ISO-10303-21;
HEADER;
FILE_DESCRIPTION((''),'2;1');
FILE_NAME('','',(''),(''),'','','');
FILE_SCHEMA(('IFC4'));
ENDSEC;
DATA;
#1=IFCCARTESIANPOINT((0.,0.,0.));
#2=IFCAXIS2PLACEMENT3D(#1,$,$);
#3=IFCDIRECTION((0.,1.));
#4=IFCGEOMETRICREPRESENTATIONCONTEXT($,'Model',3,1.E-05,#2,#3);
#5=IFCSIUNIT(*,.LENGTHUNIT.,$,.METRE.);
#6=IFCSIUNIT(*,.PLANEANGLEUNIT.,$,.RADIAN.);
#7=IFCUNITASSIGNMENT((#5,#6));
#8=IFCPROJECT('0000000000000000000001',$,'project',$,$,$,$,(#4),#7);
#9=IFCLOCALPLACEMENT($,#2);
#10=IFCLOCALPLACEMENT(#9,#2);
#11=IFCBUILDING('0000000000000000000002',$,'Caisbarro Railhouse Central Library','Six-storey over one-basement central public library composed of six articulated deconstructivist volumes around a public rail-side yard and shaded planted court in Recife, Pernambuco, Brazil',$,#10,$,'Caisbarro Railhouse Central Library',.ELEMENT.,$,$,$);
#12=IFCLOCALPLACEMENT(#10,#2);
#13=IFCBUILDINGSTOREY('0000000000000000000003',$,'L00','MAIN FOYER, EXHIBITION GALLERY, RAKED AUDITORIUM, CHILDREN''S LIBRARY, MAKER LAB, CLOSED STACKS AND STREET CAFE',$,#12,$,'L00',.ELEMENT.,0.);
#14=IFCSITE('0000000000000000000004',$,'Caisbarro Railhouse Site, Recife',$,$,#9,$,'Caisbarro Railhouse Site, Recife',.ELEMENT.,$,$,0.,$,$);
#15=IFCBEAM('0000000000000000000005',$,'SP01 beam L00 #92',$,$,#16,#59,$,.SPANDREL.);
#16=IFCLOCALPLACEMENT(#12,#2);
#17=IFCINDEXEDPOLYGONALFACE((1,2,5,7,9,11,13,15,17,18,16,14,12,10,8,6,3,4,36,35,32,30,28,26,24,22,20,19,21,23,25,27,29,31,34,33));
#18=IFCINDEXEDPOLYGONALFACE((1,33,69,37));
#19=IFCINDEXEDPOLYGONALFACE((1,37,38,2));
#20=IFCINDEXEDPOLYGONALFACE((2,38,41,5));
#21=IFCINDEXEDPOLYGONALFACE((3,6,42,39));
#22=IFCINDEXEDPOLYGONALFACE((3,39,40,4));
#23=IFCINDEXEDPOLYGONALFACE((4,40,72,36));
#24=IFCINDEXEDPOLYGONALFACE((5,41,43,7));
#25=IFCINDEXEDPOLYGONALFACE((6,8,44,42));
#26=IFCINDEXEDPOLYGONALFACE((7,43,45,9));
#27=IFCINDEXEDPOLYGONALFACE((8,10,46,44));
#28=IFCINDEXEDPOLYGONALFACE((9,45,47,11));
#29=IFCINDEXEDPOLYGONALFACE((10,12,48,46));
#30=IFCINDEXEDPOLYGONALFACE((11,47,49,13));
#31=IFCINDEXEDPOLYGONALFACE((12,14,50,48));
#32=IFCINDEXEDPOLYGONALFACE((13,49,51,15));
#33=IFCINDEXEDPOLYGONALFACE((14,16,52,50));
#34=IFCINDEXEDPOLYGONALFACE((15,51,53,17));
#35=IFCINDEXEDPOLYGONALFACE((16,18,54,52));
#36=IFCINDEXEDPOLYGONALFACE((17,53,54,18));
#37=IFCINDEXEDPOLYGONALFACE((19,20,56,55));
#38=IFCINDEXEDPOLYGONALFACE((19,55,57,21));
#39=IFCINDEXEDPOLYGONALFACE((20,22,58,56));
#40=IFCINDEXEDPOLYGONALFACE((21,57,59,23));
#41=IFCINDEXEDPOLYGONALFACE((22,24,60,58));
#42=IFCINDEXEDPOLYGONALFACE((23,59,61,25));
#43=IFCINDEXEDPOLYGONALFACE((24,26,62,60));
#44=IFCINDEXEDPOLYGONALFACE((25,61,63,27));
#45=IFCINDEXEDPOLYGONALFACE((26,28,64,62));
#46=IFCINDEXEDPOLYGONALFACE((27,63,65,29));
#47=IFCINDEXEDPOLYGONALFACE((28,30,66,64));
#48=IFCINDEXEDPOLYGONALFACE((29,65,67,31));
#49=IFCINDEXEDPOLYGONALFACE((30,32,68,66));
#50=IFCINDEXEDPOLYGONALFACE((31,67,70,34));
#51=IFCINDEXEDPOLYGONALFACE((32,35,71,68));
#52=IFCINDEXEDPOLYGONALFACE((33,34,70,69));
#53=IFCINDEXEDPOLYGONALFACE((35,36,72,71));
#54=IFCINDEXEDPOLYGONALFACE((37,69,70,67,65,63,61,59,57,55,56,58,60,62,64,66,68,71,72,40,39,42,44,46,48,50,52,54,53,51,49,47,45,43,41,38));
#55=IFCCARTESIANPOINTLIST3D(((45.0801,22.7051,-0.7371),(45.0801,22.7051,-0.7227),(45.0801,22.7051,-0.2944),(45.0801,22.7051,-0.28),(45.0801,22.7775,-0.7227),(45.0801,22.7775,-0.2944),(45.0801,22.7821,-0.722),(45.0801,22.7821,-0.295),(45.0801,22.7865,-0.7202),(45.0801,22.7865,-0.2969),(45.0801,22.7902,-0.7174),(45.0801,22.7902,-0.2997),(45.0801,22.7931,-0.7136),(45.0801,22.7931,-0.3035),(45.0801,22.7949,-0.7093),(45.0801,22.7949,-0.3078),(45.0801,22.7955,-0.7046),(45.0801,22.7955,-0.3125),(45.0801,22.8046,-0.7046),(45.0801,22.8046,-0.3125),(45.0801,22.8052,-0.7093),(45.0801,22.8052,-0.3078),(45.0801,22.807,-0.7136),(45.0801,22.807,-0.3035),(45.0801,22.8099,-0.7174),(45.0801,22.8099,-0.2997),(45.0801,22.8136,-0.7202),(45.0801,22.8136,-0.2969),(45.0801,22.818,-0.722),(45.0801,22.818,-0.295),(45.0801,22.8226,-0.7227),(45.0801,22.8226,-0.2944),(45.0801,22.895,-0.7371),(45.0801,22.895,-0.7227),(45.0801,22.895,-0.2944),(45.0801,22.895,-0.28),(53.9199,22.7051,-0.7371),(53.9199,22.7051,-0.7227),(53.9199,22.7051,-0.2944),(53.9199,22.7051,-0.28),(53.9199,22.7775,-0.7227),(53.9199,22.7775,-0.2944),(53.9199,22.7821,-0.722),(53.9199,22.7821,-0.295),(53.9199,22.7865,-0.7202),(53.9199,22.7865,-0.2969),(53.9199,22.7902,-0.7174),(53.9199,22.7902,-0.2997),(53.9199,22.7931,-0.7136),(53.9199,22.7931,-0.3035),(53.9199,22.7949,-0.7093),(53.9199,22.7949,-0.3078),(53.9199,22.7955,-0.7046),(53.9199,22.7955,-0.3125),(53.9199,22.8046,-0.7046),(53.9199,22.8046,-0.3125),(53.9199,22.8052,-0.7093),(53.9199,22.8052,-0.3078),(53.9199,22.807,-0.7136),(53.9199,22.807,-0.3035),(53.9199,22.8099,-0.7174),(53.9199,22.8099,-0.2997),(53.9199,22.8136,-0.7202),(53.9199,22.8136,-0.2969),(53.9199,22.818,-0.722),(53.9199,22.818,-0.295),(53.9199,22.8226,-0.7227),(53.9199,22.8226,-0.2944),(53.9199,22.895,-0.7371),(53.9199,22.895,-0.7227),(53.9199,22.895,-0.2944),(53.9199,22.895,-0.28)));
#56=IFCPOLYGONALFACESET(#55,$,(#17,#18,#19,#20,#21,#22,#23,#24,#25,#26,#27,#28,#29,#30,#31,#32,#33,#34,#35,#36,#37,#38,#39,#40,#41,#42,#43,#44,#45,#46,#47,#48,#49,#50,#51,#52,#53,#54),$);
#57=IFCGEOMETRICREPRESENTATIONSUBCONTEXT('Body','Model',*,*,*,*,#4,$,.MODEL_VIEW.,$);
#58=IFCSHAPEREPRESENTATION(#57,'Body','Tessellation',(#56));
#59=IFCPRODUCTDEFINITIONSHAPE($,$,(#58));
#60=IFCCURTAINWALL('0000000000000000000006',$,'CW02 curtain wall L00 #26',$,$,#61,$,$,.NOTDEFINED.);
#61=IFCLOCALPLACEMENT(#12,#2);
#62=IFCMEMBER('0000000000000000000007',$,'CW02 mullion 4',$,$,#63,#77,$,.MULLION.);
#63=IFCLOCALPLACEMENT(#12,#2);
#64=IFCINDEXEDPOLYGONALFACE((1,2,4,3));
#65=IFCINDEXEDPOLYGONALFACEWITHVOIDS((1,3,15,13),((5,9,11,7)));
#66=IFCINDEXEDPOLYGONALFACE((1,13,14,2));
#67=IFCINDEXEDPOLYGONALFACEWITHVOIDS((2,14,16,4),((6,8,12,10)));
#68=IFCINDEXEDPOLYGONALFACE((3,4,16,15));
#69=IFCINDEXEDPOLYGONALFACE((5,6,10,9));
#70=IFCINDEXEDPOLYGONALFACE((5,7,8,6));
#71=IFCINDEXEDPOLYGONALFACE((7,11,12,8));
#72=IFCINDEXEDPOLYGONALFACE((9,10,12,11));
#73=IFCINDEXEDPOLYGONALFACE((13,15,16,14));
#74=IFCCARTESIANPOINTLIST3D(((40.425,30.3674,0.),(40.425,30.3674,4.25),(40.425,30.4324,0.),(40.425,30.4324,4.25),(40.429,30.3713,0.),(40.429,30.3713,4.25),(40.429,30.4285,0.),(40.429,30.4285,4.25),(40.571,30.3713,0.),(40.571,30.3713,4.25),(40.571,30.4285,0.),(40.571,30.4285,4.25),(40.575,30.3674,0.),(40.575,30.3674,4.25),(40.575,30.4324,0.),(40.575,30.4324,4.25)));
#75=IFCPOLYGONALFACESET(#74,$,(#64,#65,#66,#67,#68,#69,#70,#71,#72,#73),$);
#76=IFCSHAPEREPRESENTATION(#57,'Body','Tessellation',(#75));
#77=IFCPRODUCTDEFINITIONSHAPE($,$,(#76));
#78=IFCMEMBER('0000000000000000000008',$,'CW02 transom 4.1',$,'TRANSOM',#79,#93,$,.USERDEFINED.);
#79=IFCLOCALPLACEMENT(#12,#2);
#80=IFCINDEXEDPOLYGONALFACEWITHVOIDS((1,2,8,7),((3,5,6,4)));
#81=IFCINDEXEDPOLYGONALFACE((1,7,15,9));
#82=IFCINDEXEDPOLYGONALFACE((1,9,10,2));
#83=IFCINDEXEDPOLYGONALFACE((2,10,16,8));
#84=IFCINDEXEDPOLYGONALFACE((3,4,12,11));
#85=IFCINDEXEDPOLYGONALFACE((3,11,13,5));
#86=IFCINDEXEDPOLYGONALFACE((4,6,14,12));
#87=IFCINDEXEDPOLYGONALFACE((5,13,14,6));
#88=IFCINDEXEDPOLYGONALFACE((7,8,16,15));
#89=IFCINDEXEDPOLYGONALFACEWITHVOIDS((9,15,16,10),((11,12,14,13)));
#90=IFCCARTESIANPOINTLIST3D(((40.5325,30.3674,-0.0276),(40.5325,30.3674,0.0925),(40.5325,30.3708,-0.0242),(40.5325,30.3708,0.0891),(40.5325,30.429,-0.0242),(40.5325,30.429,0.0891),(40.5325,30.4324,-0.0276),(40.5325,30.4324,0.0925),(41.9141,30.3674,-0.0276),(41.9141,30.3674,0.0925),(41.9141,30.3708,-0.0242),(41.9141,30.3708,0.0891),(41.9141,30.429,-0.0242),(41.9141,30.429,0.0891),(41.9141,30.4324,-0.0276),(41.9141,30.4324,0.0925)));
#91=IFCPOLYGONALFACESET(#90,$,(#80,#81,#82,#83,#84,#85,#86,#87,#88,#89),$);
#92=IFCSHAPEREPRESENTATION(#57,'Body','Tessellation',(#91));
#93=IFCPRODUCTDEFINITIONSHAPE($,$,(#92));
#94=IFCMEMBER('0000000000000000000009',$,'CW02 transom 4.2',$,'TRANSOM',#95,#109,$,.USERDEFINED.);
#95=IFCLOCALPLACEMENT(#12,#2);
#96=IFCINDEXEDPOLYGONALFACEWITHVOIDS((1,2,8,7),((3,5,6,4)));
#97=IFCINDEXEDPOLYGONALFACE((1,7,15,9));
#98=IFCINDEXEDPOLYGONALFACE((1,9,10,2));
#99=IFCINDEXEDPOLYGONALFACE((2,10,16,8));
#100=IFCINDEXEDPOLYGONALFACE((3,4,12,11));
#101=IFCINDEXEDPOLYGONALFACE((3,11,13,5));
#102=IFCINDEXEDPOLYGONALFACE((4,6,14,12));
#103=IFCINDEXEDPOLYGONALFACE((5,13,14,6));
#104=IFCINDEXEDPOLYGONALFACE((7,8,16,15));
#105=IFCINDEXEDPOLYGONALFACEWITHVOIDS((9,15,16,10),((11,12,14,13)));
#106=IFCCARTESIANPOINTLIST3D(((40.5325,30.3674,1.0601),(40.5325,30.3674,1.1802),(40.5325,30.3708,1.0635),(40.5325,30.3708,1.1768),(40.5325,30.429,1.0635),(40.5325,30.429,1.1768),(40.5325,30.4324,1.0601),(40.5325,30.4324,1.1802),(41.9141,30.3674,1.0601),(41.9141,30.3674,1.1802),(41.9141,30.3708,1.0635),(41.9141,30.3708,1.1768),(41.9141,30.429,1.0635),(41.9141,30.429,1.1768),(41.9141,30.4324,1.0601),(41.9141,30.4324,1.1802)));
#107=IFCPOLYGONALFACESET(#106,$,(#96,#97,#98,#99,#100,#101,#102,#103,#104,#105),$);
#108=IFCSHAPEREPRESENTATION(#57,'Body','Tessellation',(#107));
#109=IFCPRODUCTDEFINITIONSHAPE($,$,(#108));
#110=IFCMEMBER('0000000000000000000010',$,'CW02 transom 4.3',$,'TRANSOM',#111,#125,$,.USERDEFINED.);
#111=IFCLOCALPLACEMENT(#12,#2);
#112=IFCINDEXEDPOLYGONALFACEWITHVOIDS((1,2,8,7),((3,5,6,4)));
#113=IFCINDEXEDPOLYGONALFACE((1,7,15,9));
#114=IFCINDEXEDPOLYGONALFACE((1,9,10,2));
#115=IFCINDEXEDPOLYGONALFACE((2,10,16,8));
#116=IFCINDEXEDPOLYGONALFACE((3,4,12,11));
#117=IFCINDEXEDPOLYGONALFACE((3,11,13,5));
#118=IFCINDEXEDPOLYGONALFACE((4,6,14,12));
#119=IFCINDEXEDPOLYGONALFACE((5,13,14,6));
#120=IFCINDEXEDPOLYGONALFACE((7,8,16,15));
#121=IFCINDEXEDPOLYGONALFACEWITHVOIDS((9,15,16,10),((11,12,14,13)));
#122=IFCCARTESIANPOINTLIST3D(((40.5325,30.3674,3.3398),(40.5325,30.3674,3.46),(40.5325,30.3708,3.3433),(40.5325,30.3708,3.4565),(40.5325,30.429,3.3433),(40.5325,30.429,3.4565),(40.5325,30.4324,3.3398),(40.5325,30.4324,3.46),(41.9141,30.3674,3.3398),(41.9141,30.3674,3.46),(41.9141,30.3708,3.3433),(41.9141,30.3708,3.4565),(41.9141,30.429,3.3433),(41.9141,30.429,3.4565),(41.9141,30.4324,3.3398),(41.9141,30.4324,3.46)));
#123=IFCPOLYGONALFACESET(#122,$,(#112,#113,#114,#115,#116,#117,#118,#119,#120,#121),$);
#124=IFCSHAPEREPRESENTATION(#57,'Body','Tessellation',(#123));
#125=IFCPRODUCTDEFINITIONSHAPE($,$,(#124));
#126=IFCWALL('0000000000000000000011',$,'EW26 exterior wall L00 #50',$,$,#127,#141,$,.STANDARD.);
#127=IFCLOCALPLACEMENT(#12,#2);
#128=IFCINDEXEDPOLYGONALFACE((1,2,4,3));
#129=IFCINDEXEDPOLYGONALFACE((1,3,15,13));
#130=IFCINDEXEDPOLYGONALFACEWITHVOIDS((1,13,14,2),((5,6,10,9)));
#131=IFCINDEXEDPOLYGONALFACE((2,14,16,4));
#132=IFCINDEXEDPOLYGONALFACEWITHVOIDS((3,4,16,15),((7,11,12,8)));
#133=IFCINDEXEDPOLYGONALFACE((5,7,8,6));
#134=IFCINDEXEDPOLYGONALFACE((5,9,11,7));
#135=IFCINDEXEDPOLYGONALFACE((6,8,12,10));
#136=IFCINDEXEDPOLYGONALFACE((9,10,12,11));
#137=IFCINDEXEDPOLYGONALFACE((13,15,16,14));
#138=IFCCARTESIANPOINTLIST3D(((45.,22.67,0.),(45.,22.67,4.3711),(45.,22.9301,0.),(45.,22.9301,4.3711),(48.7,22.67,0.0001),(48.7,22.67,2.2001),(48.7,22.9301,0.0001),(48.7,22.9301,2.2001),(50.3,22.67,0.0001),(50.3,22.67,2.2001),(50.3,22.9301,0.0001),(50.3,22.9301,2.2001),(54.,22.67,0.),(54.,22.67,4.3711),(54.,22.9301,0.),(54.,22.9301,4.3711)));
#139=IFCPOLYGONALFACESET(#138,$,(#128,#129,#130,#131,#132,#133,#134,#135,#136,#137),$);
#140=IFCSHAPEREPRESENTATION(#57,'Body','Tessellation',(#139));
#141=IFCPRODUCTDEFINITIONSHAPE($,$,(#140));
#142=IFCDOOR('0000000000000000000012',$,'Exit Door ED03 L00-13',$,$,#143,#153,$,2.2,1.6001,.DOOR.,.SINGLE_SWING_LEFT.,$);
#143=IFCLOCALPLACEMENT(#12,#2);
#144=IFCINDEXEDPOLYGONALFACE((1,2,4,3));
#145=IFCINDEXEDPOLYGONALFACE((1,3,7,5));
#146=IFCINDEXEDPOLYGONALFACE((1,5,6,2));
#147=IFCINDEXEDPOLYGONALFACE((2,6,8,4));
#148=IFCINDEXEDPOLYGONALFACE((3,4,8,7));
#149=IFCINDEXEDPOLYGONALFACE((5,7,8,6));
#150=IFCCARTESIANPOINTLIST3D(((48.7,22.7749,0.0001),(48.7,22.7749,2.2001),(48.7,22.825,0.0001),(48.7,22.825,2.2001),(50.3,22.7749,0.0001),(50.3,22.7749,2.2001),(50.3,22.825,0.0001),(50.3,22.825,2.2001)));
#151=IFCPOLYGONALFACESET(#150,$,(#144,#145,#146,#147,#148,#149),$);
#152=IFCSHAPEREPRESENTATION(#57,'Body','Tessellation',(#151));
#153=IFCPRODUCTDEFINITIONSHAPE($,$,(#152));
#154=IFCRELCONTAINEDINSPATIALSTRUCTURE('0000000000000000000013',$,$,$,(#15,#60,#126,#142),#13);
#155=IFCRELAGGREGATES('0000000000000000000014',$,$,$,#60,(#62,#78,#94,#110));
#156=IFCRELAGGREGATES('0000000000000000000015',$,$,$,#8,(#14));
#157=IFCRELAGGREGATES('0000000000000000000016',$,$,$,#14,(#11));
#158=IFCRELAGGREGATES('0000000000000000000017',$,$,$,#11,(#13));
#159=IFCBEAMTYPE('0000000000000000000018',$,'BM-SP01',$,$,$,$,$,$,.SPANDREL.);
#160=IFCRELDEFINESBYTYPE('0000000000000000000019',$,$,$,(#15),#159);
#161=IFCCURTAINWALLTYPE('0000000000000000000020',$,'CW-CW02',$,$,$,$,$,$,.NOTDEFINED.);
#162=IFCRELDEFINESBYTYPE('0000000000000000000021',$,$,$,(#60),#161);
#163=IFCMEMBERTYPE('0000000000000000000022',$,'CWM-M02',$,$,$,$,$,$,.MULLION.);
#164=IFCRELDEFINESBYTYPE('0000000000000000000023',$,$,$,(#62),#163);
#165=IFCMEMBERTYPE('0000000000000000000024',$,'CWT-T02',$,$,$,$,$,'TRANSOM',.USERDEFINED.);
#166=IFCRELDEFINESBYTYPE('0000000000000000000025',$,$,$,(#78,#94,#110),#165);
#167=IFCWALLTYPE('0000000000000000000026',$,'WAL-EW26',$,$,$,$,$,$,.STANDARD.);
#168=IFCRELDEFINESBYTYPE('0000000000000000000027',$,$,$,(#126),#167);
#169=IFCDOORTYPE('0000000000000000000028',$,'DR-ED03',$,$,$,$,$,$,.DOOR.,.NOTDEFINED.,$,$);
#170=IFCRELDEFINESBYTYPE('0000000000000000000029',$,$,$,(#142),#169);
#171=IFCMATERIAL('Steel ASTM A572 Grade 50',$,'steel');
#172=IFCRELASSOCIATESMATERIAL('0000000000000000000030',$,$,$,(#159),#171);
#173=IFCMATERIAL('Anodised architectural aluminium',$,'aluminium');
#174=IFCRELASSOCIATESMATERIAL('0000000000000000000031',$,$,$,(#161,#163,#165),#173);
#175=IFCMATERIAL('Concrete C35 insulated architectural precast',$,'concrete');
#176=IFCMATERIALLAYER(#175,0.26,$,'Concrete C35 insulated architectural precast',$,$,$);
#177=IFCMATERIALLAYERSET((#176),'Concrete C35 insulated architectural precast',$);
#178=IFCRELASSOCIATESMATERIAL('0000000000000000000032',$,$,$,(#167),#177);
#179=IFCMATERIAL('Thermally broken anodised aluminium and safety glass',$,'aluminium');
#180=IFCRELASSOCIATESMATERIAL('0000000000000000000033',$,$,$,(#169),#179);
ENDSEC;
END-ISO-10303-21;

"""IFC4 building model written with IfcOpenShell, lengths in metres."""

from ifc_helpers import new_model, si_unit, direction, frame, frame_2d, origin, origin_2d, place, context, subcontext, project, spatial, rectangle, hollow_rectangle, i_section, extrude, material, layer, layer_set, material_profile, profile_set, type_object, element, fill, aggregate, save


model = new_model("IFC4")

# Units and contexts
model_context = context("Model", 3, precision=1e-05, world=origin(), true_north=direction((0.0, 1.0)))
body_context = subcontext(model_context, "Body", "Model", "MODEL_VIEW")
ifc_project = project(units=[si_unit("LENGTHUNIT", "METRE"), si_unit("PLANEANGLEUNIT", "RADIAN")], contexts=[model_context])

# Site, building, storey
site_placement = place(None, origin())
site = spatial("IfcSite", under=ifc_project, at=site_placement, Name="Caisbarro Railhouse Site, Recife", LongName="Caisbarro Railhouse Site, Recife", CompositionType="ELEMENT", RefElevation=0.0)
building_placement = place(site_placement, origin())
building = spatial("IfcBuilding", under=site, at=building_placement, Name="Caisbarro Railhouse Central Library", Description="Six-storey over one-basement central public library composed of six articulated deconstructivist volumes around a public rail-side yard and shaded planted court in Recife, Pernambuco, Brazil", LongName="Caisbarro Railhouse Central Library", CompositionType="ELEMENT")
storey_placement = place(building_placement, origin())
storey = spatial("IfcBuildingStorey", under=building, at=storey_placement, Name="L00", Description="MAIN FOYER, EXHIBITION GALLERY, RAKED AUDITORIUM, CHILDREN'S LIBRARY, MAKER LAB, CLOSED STACKS AND STREET CAFE", LongName="L00", CompositionType="ELEMENT", Elevation=0.0)

# Shared definitions
ifc_material_1 = material(Name="Steel ASTM A572 Grade 50", Category="steel")

# Beam
ifc_material_profile_1 = material_profile(ifc_material_1, i_section(OverallWidth=0.1899, OverallDepth=0.457, WebThickness=0.009, FlangeThickness=0.0144, FilletRadius=0.0181, at=origin_2d()), Name="W460X74.0")
ifc_profile_set_1 = profile_set([ifc_material_profile_1], Name="Steel ASTM A572 Grade 50")
beam_type_1 = type_object("IfcBeamType", Name="BM-SP01", PredefinedType="SPANDREL", material=ifc_profile_set_1)
beam_1_placement = place(storey_placement, frame((45.0801, 22.8, -0.5085), z_axis=(1.0, 0.0, 0.0), x_axis=(0.0, 1.0, 0.0)))
element("IfcBeam", 1, at=beam_1_placement, inside=storey, type_object=beam_type_1, Name="SP01 beam L00 #92", PredefinedType="SPANDREL", context=body_context, shape_type="SweptSolid", body=[
    extrude(i_section(OverallWidth=0.1899, OverallDepth=0.457, WebThickness=0.009, FlangeThickness=0.0144, FilletRadius=0.0181, at=origin_2d()), origin(), (0.0, 0.0, 1.0), 8.8398),
])

# Curtain wall, members
ifc_material_2 = material(Name="Anodised architectural aluminium", Category="aluminium")
curtain_wall_type = type_object("IfcCurtainWallType", Name="CW-CW02", PredefinedType="NOTDEFINED", material=ifc_material_2)
curtain_wall_placement = place(storey_placement, origin())
curtain_wall = element("IfcCurtainWall", 2, at=curtain_wall_placement, inside=storey, type_object=curtain_wall_type, Name="CW02 curtain wall L00 #26", PredefinedType="NOTDEFINED")
ifc_material_profile_2 = material_profile(ifc_material_2, hollow_rectangle(XDim=0.0649, YDim=0.1499, WallThickness=0.0039, at=origin_2d()), Name="ALU-MUL-65X150")
ifc_profile_set_2 = profile_set([ifc_material_profile_2], Name="Anodised architectural aluminium")
member_type_1 = type_object("IfcMemberType", Name="CWM-M02", PredefinedType="MULLION", material=ifc_profile_set_2)
member_1_placement = place(storey_placement, frame((40.5, 30.3999, 0.0), z_axis=(0.0, 0.0, 1.0), x_axis=(0.0, 1.0, 0.0)))
member_1 = element("IfcMember", 3, at=member_1_placement, type_object=member_type_1, Name="CW02 mullion 4", PredefinedType="MULLION", context=body_context, shape_type="SweptSolid", body=[
    extrude(hollow_rectangle(XDim=0.0649, YDim=0.1499, WallThickness=0.0039, at=origin_2d()), origin(), (0.0, 0.0, 1.0), 4.25),
])
ifc_material_profile_3 = material_profile(ifc_material_2, hollow_rectangle(XDim=0.0649, YDim=0.1201, WallThickness=0.0034, at=origin_2d()), Name="ALU-TRN-65X120")
ifc_profile_set_3 = profile_set([ifc_material_profile_3], Name="Anodised architectural aluminium")
member_type_2 = type_object("IfcMemberType", Name="CWT-T02", ElementType="TRANSOM", PredefinedType="USERDEFINED", material=ifc_profile_set_3)
member_2_placement = place(storey_placement, frame((40.5325, 30.3999, 0.0325), z_axis=(1.0, 0.0, 0.0), x_axis=(0.0, 1.0, 0.0)))
member_2 = element("IfcMember", 4, at=member_2_placement, type_object=member_type_2, Name="CW02 transom 4.1", ObjectType="TRANSOM", PredefinedType="USERDEFINED", context=body_context, shape_type="SweptSolid", body=[
    extrude(hollow_rectangle(XDim=0.0649, YDim=0.1201, WallThickness=0.0034, at=origin_2d()), origin(), (0.0, 0.0, 1.0), 1.3816),
])
member_3_placement = place(storey_placement, frame((40.5325, 30.3999, 1.1201), z_axis=(1.0, 0.0, 0.0), x_axis=(0.0, 1.0, 0.0)))
member_3 = element("IfcMember", 5, at=member_3_placement, type_object=member_type_2, Name="CW02 transom 4.2", ObjectType="TRANSOM", PredefinedType="USERDEFINED", context=body_context, shape_type="SweptSolid", body=[
    extrude(hollow_rectangle(XDim=0.0649, YDim=0.1201, WallThickness=0.0034, at=origin_2d()), origin(), (0.0, 0.0, 1.0), 1.3816),
])
member_4_placement = place(storey_placement, frame((40.5325, 30.3999, 3.3999), z_axis=(1.0, 0.0, 0.0), x_axis=(0.0, 1.0, 0.0)))
member_4 = element("IfcMember", 6, at=member_4_placement, type_object=member_type_2, Name="CW02 transom 4.3", ObjectType="TRANSOM", PredefinedType="USERDEFINED", context=body_context, shape_type="SweptSolid", body=[
    extrude(hollow_rectangle(XDim=0.0649, YDim=0.1201, WallThickness=0.0034, at=origin_2d()), origin(), (0.0, 0.0, 1.0), 1.3816),
])
aggregate(curtain_wall, [member_1, member_2, member_3, member_4])

# Wall, opening, door
ifc_material_3 = material(Name="Concrete C35 insulated architectural precast", Category="concrete")
ifc_layer_1 = layer(ifc_material_3, 0.26, Name="Concrete C35 insulated architectural precast")
ifc_layer_set_1 = layer_set([ifc_layer_1], Name="Concrete C35 insulated architectural precast")
wall_type_1 = type_object("IfcWallType", Name="WAL-EW26", PredefinedType="STANDARD", material=ifc_layer_set_1)
wall_1_placement = place(storey_placement, frame((45.0, 22.8, 0.0), z_axis=(0.0, 0.0, 1.0), x_axis=(1.0, 0.0, 0.0)))
wall_1 = element("IfcWall", 7, at=wall_1_placement, inside=storey, type_object=wall_type_1, Name="EW26 exterior wall L00 #50", PredefinedType="STANDARD", context=body_context, shape_type="SweptSolid", body=[
    extrude(rectangle(XDim=9.0, YDim=0.26, at=frame_2d((4.5, 0.0))), origin(), (0.0, 0.0, 1.0), 4.3711),
])
opening_1_placement = place(wall_1_placement, frame((3.7, 0.0, 0.0)))
opening_1 = element("IfcOpeningElement", 8, at=opening_1_placement, cuts=wall_1, PredefinedType="OPENING", context=body_context, shape_type="SweptSolid", body=[
    extrude(rectangle(XDim=1.6001, YDim=2.2, at=frame_2d((0.8, 1.1001))), frame((0.0, 0.1401, 0.0), z_axis=(0.0, -1.0, 0.0), x_axis=(1.0, 0.0, 0.0)), (0.0, 0.0, 1.0), 0.28),
])
ifc_material_4 = material(Name="Thermally broken anodised aluminium and safety glass", Category="aluminium")
door_type_1 = type_object("IfcDoorType", Name="DR-ED03", OperationType="NOTDEFINED", PredefinedType="DOOR", material=ifc_material_4)
door_1_placement = place(opening_1_placement, origin())
door_1 = element("IfcDoor", 9, at=door_1_placement, inside=storey, type_object=door_type_1, Name="Exit Door ED03 L00-13", OperationType="SINGLE_SWING_LEFT", OverallHeight=2.2, OverallWidth=1.6001, PredefinedType="DOOR", context=body_context, shape_type="SweptSolid", body=[
    extrude(rectangle(XDim=1.6001, YDim=2.2, at=frame_2d((0.8, 1.1001))), frame((0.0, 0.0249, 0.0), z_axis=(0.0, -1.0, 0.0), x_axis=(1.0, 0.0, 0.0)), (0.0, 0.0, 1.0), 0.05),
])
fill(opening_1, door_1)

save(model, "model.ifc")
